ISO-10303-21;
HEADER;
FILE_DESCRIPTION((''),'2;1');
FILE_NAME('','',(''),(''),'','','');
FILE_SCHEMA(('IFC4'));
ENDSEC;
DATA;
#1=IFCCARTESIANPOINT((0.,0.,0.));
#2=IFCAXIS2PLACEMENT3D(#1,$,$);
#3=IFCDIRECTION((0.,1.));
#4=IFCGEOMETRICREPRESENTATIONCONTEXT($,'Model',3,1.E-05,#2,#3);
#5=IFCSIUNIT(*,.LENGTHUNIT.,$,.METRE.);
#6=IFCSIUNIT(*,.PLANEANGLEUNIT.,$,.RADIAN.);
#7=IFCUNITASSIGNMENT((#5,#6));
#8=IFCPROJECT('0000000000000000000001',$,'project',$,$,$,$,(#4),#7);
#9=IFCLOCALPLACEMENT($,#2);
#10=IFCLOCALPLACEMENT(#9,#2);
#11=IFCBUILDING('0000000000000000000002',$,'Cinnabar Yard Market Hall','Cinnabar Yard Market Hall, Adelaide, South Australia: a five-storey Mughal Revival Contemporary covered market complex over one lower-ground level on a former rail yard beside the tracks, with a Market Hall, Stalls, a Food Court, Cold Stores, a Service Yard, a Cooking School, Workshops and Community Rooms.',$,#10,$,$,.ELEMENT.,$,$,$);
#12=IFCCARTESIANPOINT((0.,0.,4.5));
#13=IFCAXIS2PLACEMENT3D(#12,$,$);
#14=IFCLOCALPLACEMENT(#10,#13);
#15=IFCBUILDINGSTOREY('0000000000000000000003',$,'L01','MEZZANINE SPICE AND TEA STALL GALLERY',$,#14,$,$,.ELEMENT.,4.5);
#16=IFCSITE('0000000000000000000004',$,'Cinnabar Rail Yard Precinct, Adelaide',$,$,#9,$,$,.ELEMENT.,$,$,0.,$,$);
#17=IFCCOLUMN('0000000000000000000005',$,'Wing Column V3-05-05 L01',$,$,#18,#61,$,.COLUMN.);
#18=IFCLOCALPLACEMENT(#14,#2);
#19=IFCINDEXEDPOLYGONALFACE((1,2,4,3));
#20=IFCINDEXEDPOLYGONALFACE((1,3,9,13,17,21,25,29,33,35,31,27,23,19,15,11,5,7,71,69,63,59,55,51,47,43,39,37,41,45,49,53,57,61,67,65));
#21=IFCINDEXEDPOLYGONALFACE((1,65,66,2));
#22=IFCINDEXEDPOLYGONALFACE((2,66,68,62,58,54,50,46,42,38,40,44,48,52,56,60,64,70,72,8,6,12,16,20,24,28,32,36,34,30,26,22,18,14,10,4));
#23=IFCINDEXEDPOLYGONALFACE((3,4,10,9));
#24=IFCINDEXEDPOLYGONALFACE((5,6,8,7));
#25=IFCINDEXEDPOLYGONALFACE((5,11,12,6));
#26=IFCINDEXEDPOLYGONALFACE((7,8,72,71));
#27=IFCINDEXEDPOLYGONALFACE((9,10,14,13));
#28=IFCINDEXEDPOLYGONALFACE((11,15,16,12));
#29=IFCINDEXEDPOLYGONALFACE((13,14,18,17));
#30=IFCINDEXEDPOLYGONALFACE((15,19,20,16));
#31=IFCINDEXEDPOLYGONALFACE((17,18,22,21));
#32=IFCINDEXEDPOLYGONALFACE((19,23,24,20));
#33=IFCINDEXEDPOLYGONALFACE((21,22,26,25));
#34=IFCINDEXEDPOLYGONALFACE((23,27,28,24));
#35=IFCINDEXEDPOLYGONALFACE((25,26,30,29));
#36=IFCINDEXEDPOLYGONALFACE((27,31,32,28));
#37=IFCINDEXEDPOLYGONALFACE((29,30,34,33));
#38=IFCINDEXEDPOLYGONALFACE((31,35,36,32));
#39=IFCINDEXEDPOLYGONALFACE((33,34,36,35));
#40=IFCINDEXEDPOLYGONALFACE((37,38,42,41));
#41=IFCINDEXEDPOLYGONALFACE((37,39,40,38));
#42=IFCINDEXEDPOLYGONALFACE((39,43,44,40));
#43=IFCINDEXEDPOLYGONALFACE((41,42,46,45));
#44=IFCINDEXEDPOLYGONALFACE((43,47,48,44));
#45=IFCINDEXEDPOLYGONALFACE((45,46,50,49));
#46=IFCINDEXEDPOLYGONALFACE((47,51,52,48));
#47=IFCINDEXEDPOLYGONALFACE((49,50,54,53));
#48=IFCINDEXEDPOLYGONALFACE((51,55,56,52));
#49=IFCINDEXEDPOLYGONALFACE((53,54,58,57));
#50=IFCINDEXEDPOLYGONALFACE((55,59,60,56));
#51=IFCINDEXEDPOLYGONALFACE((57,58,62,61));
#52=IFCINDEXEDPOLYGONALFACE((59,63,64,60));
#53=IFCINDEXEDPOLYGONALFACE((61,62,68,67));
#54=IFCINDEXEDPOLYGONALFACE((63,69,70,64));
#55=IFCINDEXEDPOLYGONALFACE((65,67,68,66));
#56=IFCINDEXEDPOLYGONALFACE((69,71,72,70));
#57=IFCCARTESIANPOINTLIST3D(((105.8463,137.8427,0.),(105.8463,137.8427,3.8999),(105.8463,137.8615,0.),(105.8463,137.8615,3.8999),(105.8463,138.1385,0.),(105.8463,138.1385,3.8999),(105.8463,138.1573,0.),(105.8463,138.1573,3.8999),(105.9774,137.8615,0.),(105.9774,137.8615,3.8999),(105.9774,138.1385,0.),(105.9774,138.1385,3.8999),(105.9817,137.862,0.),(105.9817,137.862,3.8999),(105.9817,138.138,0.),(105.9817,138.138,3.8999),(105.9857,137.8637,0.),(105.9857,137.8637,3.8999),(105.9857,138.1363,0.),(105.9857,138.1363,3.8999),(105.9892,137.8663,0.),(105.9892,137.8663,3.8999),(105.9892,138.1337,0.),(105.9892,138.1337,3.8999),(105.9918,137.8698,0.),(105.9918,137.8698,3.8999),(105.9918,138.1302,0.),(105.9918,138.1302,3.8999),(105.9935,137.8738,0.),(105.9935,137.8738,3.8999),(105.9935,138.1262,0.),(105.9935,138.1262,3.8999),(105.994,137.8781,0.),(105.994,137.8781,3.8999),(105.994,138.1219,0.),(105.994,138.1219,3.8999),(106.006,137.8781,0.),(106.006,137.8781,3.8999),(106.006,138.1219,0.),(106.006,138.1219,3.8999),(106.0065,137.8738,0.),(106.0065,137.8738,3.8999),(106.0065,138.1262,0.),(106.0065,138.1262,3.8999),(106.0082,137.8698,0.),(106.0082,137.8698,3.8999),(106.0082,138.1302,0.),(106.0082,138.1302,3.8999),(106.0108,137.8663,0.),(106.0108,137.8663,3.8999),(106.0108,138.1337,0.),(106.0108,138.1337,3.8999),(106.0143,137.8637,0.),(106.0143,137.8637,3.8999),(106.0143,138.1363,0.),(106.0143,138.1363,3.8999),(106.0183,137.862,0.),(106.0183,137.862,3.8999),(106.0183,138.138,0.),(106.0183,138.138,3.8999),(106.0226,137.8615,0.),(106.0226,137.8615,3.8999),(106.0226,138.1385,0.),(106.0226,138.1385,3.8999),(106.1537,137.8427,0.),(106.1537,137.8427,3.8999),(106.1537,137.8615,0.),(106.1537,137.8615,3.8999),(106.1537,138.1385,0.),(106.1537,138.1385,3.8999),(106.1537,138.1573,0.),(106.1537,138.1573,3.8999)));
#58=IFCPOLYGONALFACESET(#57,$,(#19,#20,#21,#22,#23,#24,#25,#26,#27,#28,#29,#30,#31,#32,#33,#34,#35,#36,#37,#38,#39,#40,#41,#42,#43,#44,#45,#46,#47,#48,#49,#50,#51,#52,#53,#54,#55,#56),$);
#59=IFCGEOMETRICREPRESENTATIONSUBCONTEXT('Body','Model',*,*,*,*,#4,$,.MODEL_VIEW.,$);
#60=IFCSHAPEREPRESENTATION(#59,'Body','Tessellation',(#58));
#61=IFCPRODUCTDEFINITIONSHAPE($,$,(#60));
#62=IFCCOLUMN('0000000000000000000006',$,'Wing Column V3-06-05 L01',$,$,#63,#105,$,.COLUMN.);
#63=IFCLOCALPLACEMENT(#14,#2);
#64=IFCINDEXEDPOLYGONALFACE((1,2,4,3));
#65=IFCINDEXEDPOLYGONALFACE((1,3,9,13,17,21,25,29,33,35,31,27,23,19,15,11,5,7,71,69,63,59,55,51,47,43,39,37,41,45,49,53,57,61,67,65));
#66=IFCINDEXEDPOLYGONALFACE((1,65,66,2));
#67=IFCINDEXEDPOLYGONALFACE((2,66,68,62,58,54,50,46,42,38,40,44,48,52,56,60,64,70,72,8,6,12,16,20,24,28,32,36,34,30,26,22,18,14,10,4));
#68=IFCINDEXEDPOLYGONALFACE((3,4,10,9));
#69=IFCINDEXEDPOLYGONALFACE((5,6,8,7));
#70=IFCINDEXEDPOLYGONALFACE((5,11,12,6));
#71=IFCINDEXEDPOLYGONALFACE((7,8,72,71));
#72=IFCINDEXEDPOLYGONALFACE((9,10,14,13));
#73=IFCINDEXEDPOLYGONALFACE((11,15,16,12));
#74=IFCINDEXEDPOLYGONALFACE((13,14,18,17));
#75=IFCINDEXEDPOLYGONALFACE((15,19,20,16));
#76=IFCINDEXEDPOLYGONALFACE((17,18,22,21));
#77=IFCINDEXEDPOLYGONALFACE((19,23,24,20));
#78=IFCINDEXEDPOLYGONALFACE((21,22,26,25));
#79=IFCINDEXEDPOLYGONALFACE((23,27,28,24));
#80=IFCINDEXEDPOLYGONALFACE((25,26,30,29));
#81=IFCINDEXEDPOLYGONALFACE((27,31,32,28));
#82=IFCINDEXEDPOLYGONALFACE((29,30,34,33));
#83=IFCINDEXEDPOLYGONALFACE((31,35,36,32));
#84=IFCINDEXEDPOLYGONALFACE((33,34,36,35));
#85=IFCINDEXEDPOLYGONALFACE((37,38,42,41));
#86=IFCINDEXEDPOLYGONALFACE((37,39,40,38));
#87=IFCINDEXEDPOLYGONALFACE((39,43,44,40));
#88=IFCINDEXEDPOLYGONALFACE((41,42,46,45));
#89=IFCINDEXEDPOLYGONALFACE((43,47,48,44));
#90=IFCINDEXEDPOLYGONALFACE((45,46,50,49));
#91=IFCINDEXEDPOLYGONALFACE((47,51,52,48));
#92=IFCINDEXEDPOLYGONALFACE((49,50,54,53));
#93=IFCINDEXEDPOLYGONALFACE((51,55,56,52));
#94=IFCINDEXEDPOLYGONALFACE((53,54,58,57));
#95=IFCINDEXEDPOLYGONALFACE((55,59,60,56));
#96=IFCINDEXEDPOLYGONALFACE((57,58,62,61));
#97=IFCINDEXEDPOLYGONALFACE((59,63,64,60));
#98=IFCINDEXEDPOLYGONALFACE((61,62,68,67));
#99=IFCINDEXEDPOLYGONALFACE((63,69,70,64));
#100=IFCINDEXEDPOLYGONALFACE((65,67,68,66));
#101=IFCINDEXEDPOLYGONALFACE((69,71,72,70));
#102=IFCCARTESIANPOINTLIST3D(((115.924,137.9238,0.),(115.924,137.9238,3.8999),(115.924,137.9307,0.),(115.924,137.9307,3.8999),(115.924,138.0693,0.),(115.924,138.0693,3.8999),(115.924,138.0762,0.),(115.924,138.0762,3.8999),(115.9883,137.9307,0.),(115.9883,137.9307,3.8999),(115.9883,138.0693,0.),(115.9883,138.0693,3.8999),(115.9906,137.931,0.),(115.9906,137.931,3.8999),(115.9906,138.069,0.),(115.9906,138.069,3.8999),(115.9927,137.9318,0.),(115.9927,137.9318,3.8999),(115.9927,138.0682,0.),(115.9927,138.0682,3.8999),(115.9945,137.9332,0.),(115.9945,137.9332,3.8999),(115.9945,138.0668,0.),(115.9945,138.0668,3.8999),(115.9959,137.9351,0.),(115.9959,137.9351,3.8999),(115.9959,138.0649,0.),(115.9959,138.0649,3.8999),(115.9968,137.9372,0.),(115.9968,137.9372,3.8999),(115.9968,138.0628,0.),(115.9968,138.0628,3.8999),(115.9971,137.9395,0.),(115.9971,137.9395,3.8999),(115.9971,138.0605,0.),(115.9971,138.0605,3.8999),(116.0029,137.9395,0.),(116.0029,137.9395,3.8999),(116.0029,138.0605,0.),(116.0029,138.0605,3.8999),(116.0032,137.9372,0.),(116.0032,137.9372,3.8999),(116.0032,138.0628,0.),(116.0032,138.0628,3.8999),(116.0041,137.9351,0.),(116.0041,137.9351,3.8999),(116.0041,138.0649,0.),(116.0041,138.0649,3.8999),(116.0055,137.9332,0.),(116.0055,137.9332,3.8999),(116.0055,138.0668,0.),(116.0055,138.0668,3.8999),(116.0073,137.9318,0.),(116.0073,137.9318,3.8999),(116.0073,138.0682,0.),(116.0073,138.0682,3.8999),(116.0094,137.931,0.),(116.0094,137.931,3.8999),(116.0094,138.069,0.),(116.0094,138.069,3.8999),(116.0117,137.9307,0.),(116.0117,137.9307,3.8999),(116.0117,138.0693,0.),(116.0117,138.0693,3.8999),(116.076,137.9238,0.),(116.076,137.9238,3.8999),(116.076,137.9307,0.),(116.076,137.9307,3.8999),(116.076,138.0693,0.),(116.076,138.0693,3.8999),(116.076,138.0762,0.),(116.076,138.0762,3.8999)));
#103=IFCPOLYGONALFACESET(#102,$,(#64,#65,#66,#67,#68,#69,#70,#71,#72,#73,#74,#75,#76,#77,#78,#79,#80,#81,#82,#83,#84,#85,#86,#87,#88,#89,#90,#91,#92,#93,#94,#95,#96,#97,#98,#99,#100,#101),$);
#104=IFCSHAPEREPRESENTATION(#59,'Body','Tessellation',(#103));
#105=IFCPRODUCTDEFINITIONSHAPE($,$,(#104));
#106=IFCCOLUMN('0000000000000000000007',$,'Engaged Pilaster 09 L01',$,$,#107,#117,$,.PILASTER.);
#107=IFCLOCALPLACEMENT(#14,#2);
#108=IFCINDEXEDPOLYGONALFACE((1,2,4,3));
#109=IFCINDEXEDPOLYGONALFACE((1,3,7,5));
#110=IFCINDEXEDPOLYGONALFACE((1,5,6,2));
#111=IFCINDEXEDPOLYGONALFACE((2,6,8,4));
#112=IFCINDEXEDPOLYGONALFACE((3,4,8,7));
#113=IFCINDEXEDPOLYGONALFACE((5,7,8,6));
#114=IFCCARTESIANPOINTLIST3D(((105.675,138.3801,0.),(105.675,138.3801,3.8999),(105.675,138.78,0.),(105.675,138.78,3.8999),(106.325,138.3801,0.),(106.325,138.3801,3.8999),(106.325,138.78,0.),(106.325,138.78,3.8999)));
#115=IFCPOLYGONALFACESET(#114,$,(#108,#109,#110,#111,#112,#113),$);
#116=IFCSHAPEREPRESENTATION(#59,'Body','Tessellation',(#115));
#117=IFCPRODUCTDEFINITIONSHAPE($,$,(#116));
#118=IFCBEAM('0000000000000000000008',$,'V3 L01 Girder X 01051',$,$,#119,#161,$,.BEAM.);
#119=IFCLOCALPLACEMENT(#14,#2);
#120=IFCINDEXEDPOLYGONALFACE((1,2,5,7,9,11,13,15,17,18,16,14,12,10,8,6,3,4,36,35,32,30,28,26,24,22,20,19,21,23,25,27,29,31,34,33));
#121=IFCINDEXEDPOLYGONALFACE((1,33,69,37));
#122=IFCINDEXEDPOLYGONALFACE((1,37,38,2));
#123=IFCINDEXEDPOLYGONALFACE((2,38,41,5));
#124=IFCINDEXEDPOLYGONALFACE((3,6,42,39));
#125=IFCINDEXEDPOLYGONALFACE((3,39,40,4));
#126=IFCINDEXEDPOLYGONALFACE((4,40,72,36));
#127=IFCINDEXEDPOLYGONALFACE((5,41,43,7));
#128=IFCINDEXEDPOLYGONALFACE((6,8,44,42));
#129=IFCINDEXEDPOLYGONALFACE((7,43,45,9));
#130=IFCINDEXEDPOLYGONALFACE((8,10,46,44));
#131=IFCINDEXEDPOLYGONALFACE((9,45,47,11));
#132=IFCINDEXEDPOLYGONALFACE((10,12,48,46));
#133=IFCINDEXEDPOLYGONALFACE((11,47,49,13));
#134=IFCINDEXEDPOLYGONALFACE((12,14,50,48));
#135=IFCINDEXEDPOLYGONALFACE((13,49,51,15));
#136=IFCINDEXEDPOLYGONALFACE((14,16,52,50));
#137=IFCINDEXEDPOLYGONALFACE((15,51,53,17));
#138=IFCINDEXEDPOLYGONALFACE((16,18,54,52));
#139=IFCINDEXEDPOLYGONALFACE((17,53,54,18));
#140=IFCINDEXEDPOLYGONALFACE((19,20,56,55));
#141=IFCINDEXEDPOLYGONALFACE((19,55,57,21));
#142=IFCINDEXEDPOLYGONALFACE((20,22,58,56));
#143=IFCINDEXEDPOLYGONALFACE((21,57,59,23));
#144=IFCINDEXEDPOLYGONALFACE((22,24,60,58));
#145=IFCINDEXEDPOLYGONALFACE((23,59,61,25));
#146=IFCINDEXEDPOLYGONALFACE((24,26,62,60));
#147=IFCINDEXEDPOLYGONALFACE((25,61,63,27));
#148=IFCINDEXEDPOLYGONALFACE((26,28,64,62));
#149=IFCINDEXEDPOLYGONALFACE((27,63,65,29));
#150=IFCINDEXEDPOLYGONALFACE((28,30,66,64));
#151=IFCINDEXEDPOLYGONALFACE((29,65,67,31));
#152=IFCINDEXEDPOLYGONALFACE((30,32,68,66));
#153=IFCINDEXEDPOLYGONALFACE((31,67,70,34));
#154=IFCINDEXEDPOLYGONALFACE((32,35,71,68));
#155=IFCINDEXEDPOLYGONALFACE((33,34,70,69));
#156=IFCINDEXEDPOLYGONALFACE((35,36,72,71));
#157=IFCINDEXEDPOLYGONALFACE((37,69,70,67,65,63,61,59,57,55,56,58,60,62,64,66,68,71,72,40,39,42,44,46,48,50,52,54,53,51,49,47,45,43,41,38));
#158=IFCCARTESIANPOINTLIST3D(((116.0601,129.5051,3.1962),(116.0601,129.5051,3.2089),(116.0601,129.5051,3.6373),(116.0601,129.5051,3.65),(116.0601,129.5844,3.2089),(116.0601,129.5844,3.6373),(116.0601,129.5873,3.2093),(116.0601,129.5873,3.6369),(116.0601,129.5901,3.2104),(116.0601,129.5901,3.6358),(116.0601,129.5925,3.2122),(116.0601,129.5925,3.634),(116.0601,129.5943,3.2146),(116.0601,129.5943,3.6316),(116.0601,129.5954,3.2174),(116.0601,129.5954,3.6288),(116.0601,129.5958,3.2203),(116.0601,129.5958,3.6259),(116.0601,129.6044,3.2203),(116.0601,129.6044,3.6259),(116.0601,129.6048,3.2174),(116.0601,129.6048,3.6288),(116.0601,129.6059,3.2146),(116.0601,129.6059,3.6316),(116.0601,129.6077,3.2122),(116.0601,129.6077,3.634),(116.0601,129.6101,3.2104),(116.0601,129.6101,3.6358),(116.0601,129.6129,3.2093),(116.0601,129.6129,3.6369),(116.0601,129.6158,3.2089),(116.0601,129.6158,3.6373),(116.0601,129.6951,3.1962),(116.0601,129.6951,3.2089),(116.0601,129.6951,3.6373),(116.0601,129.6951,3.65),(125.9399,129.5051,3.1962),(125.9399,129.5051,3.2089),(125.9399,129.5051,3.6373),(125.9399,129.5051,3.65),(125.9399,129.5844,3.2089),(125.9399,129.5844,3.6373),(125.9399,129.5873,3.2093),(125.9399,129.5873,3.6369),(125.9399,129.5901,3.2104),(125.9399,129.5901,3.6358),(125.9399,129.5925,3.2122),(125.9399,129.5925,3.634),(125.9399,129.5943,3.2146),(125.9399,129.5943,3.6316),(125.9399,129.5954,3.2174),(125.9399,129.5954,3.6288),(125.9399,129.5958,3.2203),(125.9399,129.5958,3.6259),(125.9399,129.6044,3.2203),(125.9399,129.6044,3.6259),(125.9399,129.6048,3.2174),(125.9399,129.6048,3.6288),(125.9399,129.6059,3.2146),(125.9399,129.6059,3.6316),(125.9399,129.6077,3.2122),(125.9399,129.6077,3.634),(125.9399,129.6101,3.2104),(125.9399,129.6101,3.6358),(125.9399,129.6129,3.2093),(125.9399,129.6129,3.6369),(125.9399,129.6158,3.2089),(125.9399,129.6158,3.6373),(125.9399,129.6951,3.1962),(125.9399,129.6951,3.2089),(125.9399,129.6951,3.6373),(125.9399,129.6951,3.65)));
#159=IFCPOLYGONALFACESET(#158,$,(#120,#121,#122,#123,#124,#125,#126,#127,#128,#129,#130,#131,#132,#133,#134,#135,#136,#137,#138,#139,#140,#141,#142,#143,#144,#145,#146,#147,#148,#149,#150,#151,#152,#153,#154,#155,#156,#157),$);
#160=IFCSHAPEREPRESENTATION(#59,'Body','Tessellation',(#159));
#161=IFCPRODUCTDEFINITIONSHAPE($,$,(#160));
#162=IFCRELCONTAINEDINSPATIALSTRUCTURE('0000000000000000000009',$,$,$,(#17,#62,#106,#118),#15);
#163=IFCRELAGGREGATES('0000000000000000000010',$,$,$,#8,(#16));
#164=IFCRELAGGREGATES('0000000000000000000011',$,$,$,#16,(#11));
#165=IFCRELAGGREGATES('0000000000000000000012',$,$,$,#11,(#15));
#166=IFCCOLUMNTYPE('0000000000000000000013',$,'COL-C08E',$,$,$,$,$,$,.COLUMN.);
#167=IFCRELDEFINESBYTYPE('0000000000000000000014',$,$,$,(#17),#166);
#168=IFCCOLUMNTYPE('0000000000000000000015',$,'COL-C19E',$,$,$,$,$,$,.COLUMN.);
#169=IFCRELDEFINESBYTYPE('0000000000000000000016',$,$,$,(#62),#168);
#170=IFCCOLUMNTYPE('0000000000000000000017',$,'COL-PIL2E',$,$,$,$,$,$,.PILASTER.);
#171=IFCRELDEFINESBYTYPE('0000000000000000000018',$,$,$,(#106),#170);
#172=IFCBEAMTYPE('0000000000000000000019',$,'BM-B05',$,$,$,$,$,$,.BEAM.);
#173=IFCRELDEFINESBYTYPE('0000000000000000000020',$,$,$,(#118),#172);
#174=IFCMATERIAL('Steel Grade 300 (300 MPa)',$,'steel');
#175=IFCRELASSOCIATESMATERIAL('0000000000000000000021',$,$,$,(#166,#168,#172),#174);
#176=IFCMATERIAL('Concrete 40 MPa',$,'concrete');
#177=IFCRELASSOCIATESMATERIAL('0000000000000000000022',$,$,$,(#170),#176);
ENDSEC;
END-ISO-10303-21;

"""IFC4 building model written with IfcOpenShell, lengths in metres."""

from ifc_helpers import new_model, si_unit, direction, frame, origin, origin_2d_with_axis, place, context, subcontext, project, spatial, rectangle, i_section, extrude, material, material_profile, profile_set, type_object, element, save


model = new_model("IFC4")

# Units and contexts
model_context = context("Model", 3, precision=1e-05, world=origin(), true_north=direction((0.0, 1.0)))
body_context = subcontext(model_context, "Body", "Model", "MODEL_VIEW")
ifc_project = project(units=[si_unit("LENGTHUNIT", "METRE"), si_unit("PLANEANGLEUNIT", "RADIAN")], contexts=[model_context])

# Site, building, storey
site_placement = place(None, origin())
site = spatial("IfcSite", under=ifc_project, at=site_placement, Name="Cinnabar Rail Yard Precinct, Adelaide", CompositionType="ELEMENT", RefElevation=0.0)
building_placement = place(site_placement, origin())
building = spatial("IfcBuilding", under=site, at=building_placement, Name="Cinnabar Yard Market Hall", Description="Cinnabar Yard Market Hall, Adelaide, South Australia: a five-storey Mughal Revival Contemporary covered market complex over one lower-ground level on a former rail yard beside the tracks, with a Market Hall, Stalls, a Food Court, Cold Stores, a Service Yard, a Cooking School, Workshops and Community Rooms.", CompositionType="ELEMENT")
storey_placement = place(building_placement, frame((0.0, 0.0, 4.5)))
storey = spatial("IfcBuildingStorey", under=building, at=storey_placement, Name="L01", Description="MEZZANINE SPICE AND TEA STALL GALLERY", CompositionType="ELEMENT", Elevation=4.5)

# Columns
ifc_material_1 = material(Name="Steel Grade 300 (300 MPa)", Category="steel")
ifc_material_profile_1 = material_profile(ifc_material_1, i_section(OverallWidth=0.3074, OverallDepth=0.3147, WebThickness=0.012, FlangeThickness=0.0188, FilletRadius=0.0166, at=origin_2d_with_axis()), Name="310UC118")
ifc_profile_set_1 = profile_set([ifc_material_profile_1], Name="Steel Grade 300 (300 MPa)")
column_type_1 = type_object("IfcColumnType", Name="COL-C08E", PredefinedType="COLUMN", material=ifc_profile_set_1)
column_1_placement = place(storey_placement, frame((106.0, 138.0, 0.0), z_axis=(0.0, 0.0, 1.0), x_axis=(1.0, 0.0, 0.0)))
element("IfcColumn", 1, at=column_1_placement, inside=storey, type_object=column_type_1, Name="Wing Column V3-05-05 L01", PredefinedType="COLUMN", context=body_context, shape_type="SweptSolid", body=[
    extrude(i_section(OverallWidth=0.3074, OverallDepth=0.3147, WebThickness=0.012, FlangeThickness=0.0188, FilletRadius=0.0166, at=origin_2d_with_axis()), origin(), (0.0, 0.0, 1.0), 3.8999),
])
ifc_material_profile_2 = material_profile(ifc_material_1, i_section(OverallWidth=0.1521, OverallDepth=0.1523, WebThickness=0.0059, FlangeThickness=0.0068, FilletRadius=0.0088, at=origin_2d_with_axis()), Name="150UC23.4")
ifc_profile_set_2 = profile_set([ifc_material_profile_2], Name="Steel Grade 300 (300 MPa)")
column_type_2 = type_object("IfcColumnType", Name="COL-C19E", PredefinedType="COLUMN", material=ifc_profile_set_2)
column_2_placement = place(storey_placement, frame((116.0, 138.0, 0.0), z_axis=(0.0, 0.0, 1.0), x_axis=(1.0, 0.0, 0.0)))
element("IfcColumn", 2, at=column_2_placement, inside=storey, type_object=column_type_2, Name="Wing Column V3-06-05 L01", PredefinedType="COLUMN", context=body_context, shape_type="SweptSolid", body=[
    extrude(i_section(OverallWidth=0.1521, OverallDepth=0.1523, WebThickness=0.0059, FlangeThickness=0.0068, FilletRadius=0.0088, at=origin_2d_with_axis()), origin(), (0.0, 0.0, 1.0), 3.8999),
])
ifc_material_2 = material(Name="Concrete 40 MPa", Category="concrete")
ifc_material_profile_3 = material_profile(ifc_material_2, rectangle(XDim=0.6499, YDim=0.3999, at=origin_2d_with_axis()), Name="RC-650x400")
ifc_profile_set_3 = profile_set([ifc_material_profile_3], Name="Concrete 40 MPa")
column_type_3 = type_object("IfcColumnType", Name="COL-PIL2E", PredefinedType="PILASTER", material=ifc_profile_set_3)
column_3_placement = place(storey_placement, frame((106.0, 138.5801, 0.0), z_axis=(0.0, 0.0, 1.0), x_axis=(1.0, 0.0, 0.0)))
element("IfcColumn", 3, at=column_3_placement, inside=storey, type_object=column_type_3, Name="Engaged Pilaster 09 L01", PredefinedType="PILASTER", context=body_context, shape_type="SweptSolid", body=[
    extrude(rectangle(XDim=0.6499, YDim=0.3999, at=origin_2d_with_axis()), origin(), (0.0, 0.0, 1.0), 3.8999),
])

# Beam
ifc_material_profile_4 = material_profile(ifc_material_1, i_section(OverallWidth=0.1899, OverallDepth=0.4539, WebThickness=0.0085, FlangeThickness=0.0127, FilletRadius=0.0115, at=origin_2d_with_axis()), Name="460UB67.1")
ifc_profile_set_4 = profile_set([ifc_material_profile_4], Name="Steel Grade 300 (300 MPa)")
beam_type_1 = type_object("IfcBeamType", Name="BM-B05", PredefinedType="BEAM", material=ifc_profile_set_4)
beam_placement = place(storey_placement, frame((116.0601, 129.6001, 3.4231), z_axis=(1.0, 0.0, 0.0), x_axis=(0.0, 1.0, 0.0)))
element("IfcBeam", 4, at=beam_placement, inside=storey, type_object=beam_type_1, Name="V3 L01 Girder X 01051", PredefinedType="BEAM", context=body_context, shape_type="SweptSolid", body=[
    extrude(i_section(OverallWidth=0.1899, OverallDepth=0.4539, WebThickness=0.0085, FlangeThickness=0.0127, FilletRadius=0.0115, at=origin_2d_with_axis()), origin(), (0.0, 0.0, 1.0), 9.8799),
])

save(model, "model.ifc")
